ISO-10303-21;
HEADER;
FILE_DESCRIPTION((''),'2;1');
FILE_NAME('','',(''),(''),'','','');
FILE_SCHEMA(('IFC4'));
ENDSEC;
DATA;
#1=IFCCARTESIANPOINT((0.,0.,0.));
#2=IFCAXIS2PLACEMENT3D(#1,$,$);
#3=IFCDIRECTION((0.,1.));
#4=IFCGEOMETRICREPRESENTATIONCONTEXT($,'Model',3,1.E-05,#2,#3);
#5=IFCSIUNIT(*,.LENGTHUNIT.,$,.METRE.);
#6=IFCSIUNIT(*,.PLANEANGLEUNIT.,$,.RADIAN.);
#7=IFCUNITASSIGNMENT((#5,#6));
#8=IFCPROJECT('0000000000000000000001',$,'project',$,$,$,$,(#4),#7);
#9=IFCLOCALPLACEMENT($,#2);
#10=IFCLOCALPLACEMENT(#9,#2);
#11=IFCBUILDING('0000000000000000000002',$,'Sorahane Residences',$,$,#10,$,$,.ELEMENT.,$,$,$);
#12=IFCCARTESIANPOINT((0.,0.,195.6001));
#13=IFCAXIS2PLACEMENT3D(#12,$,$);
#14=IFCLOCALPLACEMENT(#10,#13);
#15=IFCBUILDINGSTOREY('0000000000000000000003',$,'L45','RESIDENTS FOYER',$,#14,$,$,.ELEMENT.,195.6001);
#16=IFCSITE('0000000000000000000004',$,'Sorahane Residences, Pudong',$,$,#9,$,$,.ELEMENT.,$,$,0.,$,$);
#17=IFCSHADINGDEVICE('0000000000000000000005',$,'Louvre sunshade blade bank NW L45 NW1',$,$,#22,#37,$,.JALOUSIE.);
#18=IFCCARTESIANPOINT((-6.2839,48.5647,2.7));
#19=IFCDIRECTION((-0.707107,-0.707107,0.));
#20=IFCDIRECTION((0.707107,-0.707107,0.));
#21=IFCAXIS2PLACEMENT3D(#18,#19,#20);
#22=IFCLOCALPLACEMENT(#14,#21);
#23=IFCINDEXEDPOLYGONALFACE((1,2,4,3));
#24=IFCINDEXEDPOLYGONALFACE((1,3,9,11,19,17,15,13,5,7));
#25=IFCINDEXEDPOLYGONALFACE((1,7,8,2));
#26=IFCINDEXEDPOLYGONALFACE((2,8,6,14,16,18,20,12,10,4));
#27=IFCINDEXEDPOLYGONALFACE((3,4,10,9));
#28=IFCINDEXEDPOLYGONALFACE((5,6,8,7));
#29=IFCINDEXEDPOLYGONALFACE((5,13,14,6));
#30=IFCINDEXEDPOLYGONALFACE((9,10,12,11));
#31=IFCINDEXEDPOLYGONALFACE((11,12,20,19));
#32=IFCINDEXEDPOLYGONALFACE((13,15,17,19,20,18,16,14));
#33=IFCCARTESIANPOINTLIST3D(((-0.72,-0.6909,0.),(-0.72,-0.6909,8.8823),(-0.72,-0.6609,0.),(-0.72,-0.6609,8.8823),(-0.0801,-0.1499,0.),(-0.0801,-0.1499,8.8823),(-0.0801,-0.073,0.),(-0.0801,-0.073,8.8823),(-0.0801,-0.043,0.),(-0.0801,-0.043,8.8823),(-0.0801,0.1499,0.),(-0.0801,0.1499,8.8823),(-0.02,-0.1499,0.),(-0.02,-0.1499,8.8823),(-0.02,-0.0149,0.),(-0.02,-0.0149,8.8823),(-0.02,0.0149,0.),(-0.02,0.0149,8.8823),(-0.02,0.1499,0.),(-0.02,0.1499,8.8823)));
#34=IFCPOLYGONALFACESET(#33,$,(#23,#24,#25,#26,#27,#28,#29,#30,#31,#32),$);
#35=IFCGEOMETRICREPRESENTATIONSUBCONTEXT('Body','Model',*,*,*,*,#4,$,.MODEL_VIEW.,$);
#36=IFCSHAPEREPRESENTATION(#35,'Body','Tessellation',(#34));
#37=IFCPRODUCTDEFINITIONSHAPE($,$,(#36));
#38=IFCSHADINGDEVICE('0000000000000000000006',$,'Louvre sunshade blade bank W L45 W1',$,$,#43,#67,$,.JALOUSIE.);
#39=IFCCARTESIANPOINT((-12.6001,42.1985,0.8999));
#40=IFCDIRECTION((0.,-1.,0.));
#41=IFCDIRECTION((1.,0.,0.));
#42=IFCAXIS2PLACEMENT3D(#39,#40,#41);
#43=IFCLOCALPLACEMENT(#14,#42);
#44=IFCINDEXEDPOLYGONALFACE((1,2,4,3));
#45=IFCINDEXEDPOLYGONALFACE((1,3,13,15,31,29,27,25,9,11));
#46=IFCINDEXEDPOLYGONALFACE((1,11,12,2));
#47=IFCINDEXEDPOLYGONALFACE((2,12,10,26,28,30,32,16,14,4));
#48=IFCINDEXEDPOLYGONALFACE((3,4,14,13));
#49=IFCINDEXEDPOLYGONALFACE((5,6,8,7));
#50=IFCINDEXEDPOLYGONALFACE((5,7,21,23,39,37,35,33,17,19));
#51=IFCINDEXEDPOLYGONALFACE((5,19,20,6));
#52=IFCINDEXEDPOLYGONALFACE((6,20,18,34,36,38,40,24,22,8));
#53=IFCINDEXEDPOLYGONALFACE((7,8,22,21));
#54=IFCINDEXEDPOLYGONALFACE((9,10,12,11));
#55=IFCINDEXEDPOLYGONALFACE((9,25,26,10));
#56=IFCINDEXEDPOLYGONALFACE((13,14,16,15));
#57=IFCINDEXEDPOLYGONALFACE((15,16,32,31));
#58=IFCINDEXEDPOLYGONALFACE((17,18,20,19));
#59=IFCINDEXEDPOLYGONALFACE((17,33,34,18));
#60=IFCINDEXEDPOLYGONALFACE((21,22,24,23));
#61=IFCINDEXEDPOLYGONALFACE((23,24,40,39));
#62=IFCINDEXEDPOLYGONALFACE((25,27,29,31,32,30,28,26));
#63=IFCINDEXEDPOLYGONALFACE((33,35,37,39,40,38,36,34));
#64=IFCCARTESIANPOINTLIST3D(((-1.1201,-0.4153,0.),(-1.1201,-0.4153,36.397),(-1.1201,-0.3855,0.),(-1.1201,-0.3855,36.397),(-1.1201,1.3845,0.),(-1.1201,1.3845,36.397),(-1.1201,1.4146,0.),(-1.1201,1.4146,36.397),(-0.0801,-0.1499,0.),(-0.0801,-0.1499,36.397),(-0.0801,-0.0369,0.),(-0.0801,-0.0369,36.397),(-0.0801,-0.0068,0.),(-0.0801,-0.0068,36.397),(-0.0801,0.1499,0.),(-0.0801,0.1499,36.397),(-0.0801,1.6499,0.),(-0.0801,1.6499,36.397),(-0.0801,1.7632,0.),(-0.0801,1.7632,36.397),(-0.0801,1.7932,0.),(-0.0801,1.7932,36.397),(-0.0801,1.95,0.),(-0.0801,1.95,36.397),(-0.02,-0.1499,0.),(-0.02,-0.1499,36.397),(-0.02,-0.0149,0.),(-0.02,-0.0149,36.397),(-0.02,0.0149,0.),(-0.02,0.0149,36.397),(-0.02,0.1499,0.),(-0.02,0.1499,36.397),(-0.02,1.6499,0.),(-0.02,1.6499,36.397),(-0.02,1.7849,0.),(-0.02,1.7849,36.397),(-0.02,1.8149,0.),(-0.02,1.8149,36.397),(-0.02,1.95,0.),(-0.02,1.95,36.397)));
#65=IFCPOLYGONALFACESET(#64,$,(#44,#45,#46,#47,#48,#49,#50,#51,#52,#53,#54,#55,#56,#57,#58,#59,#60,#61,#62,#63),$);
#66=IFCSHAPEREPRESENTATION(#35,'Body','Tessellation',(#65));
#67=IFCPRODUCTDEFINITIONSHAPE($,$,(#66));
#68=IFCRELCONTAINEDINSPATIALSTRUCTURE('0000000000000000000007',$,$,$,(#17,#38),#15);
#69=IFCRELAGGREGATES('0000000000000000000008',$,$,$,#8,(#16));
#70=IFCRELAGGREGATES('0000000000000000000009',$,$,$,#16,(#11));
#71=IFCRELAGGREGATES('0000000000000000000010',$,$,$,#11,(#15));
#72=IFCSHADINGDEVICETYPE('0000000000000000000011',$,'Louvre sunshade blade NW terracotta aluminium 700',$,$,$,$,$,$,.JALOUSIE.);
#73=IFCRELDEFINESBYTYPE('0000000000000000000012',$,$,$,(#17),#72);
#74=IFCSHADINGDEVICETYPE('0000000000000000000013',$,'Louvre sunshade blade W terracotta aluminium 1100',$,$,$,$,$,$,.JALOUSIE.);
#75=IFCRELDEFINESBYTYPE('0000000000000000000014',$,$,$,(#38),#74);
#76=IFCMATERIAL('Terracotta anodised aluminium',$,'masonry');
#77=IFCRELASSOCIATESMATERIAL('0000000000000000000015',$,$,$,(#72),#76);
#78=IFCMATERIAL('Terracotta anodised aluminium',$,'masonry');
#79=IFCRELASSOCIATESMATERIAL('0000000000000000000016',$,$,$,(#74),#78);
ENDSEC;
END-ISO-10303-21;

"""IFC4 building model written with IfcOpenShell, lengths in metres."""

from ifc_helpers import new_model, si_unit, direction, frame, origin, place, context, subcontext, project, spatial, polyline, outline, composite_profile, extrude, material, type_object, element, save


model = new_model("IFC4")

# Units and contexts
model_context = context("Model", 3, precision=1e-05, world=origin(), true_north=direction((0.0, 1.0)))
body_context = subcontext(model_context, "Body", "Model", "MODEL_VIEW")
ifc_project = project(units=[si_unit("LENGTHUNIT", "METRE"), si_unit("PLANEANGLEUNIT", "RADIAN")], contexts=[model_context])

# Site, building, storey
site_placement = place(None, origin())
site = spatial("IfcSite", under=ifc_project, at=site_placement, Name="Sorahane Residences, Pudong", CompositionType="ELEMENT", RefElevation=0.0)
building_placement = place(site_placement, origin())
building = spatial("IfcBuilding", under=site, at=building_placement, Name="Sorahane Residences", CompositionType="ELEMENT")
storey_placement = place(building_placement, frame((0.0, 0.0, 195.6001)))
storey = spatial("IfcBuildingStorey", under=building, at=storey_placement, Name="L45", Description="RESIDENTS FOYER", CompositionType="ELEMENT", Elevation=195.6001)

# Shading devices
ifc_material_1 = material(Name="Terracotta anodised aluminium", Category="masonry")
shading_device_type_1 = type_object("IfcShadingDeviceType", Name="Louvre sunshade blade NW terracotta aluminium 700", PredefinedType="JALOUSIE", material=ifc_material_1)
shading_device_1_placement = place(storey_placement, frame((-6.2839, 48.5647, 2.7), z_axis=(-0.707107, -0.707107, 0.0), x_axis=(0.707107, -0.707107, 0.0)))
element("IfcShadingDevice", 1, at=shading_device_1_placement, inside=storey, type_object=shading_device_type_1, Name="Louvre sunshade blade bank NW L45 NW1", PredefinedType="JALOUSIE", context=body_context, shape_type="SweptSolid", body=[
    extrude(outline(polyline([(-0.72, -0.6609), (-0.72, -0.6909), (-0.0801, -0.073), (-0.0801, -0.1499), (-0.02, -0.1499), (-0.02, -0.0149), (-0.02, 0.0149), (-0.02, 0.1499), (-0.0801, 0.1499), (-0.0801, -0.043), (-0.72, -0.6609)])), origin(), (0.0, 0.0, 1.0), 8.8823),
])
ifc_material_2 = material(Name="Terracotta anodised aluminium", Category="masonry")
shading_device_type_2 = type_object("IfcShadingDeviceType", Name="Louvre sunshade blade W terracotta aluminium 1100", PredefinedType="JALOUSIE", material=ifc_material_2)
shading_device_2_placement = place(storey_placement, frame((-12.6001, 42.1985, 0.8999), z_axis=(0.0, -1.0, 0.0), x_axis=(1.0, 0.0, 0.0)))
element("IfcShadingDevice", 2, at=shading_device_2_placement, inside=storey, type_object=shading_device_type_2, Name="Louvre sunshade blade bank W L45 W1", PredefinedType="JALOUSIE", context=body_context, shape_type="SweptSolid", body=[
    extrude(composite_profile([outline(polyline([(-1.1201, -0.3855), (-1.1201, -0.4153), (-0.0801, -0.0369), (-0.0801, -0.1499), (-0.02, -0.1499), (-0.02, -0.0149), (-0.02, 0.0149), (-0.02, 0.1499), (-0.0801, 0.1499), (-0.0801, -0.0068), (-1.1201, -0.3855)])), outline(polyline([(-1.1201, 1.4146), (-1.1201, 1.3845), (-0.0801, 1.7632), (-0.0801, 1.6499), (-0.02, 1.6499), (-0.02, 1.7849), (-0.02, 1.8149), (-0.02, 1.95), (-0.0801, 1.95), (-0.0801, 1.7932), (-1.1201, 1.4146)]))]), origin(), (0.0, 0.0, 1.0), 36.397),
])

save(model, "model.ifc")
